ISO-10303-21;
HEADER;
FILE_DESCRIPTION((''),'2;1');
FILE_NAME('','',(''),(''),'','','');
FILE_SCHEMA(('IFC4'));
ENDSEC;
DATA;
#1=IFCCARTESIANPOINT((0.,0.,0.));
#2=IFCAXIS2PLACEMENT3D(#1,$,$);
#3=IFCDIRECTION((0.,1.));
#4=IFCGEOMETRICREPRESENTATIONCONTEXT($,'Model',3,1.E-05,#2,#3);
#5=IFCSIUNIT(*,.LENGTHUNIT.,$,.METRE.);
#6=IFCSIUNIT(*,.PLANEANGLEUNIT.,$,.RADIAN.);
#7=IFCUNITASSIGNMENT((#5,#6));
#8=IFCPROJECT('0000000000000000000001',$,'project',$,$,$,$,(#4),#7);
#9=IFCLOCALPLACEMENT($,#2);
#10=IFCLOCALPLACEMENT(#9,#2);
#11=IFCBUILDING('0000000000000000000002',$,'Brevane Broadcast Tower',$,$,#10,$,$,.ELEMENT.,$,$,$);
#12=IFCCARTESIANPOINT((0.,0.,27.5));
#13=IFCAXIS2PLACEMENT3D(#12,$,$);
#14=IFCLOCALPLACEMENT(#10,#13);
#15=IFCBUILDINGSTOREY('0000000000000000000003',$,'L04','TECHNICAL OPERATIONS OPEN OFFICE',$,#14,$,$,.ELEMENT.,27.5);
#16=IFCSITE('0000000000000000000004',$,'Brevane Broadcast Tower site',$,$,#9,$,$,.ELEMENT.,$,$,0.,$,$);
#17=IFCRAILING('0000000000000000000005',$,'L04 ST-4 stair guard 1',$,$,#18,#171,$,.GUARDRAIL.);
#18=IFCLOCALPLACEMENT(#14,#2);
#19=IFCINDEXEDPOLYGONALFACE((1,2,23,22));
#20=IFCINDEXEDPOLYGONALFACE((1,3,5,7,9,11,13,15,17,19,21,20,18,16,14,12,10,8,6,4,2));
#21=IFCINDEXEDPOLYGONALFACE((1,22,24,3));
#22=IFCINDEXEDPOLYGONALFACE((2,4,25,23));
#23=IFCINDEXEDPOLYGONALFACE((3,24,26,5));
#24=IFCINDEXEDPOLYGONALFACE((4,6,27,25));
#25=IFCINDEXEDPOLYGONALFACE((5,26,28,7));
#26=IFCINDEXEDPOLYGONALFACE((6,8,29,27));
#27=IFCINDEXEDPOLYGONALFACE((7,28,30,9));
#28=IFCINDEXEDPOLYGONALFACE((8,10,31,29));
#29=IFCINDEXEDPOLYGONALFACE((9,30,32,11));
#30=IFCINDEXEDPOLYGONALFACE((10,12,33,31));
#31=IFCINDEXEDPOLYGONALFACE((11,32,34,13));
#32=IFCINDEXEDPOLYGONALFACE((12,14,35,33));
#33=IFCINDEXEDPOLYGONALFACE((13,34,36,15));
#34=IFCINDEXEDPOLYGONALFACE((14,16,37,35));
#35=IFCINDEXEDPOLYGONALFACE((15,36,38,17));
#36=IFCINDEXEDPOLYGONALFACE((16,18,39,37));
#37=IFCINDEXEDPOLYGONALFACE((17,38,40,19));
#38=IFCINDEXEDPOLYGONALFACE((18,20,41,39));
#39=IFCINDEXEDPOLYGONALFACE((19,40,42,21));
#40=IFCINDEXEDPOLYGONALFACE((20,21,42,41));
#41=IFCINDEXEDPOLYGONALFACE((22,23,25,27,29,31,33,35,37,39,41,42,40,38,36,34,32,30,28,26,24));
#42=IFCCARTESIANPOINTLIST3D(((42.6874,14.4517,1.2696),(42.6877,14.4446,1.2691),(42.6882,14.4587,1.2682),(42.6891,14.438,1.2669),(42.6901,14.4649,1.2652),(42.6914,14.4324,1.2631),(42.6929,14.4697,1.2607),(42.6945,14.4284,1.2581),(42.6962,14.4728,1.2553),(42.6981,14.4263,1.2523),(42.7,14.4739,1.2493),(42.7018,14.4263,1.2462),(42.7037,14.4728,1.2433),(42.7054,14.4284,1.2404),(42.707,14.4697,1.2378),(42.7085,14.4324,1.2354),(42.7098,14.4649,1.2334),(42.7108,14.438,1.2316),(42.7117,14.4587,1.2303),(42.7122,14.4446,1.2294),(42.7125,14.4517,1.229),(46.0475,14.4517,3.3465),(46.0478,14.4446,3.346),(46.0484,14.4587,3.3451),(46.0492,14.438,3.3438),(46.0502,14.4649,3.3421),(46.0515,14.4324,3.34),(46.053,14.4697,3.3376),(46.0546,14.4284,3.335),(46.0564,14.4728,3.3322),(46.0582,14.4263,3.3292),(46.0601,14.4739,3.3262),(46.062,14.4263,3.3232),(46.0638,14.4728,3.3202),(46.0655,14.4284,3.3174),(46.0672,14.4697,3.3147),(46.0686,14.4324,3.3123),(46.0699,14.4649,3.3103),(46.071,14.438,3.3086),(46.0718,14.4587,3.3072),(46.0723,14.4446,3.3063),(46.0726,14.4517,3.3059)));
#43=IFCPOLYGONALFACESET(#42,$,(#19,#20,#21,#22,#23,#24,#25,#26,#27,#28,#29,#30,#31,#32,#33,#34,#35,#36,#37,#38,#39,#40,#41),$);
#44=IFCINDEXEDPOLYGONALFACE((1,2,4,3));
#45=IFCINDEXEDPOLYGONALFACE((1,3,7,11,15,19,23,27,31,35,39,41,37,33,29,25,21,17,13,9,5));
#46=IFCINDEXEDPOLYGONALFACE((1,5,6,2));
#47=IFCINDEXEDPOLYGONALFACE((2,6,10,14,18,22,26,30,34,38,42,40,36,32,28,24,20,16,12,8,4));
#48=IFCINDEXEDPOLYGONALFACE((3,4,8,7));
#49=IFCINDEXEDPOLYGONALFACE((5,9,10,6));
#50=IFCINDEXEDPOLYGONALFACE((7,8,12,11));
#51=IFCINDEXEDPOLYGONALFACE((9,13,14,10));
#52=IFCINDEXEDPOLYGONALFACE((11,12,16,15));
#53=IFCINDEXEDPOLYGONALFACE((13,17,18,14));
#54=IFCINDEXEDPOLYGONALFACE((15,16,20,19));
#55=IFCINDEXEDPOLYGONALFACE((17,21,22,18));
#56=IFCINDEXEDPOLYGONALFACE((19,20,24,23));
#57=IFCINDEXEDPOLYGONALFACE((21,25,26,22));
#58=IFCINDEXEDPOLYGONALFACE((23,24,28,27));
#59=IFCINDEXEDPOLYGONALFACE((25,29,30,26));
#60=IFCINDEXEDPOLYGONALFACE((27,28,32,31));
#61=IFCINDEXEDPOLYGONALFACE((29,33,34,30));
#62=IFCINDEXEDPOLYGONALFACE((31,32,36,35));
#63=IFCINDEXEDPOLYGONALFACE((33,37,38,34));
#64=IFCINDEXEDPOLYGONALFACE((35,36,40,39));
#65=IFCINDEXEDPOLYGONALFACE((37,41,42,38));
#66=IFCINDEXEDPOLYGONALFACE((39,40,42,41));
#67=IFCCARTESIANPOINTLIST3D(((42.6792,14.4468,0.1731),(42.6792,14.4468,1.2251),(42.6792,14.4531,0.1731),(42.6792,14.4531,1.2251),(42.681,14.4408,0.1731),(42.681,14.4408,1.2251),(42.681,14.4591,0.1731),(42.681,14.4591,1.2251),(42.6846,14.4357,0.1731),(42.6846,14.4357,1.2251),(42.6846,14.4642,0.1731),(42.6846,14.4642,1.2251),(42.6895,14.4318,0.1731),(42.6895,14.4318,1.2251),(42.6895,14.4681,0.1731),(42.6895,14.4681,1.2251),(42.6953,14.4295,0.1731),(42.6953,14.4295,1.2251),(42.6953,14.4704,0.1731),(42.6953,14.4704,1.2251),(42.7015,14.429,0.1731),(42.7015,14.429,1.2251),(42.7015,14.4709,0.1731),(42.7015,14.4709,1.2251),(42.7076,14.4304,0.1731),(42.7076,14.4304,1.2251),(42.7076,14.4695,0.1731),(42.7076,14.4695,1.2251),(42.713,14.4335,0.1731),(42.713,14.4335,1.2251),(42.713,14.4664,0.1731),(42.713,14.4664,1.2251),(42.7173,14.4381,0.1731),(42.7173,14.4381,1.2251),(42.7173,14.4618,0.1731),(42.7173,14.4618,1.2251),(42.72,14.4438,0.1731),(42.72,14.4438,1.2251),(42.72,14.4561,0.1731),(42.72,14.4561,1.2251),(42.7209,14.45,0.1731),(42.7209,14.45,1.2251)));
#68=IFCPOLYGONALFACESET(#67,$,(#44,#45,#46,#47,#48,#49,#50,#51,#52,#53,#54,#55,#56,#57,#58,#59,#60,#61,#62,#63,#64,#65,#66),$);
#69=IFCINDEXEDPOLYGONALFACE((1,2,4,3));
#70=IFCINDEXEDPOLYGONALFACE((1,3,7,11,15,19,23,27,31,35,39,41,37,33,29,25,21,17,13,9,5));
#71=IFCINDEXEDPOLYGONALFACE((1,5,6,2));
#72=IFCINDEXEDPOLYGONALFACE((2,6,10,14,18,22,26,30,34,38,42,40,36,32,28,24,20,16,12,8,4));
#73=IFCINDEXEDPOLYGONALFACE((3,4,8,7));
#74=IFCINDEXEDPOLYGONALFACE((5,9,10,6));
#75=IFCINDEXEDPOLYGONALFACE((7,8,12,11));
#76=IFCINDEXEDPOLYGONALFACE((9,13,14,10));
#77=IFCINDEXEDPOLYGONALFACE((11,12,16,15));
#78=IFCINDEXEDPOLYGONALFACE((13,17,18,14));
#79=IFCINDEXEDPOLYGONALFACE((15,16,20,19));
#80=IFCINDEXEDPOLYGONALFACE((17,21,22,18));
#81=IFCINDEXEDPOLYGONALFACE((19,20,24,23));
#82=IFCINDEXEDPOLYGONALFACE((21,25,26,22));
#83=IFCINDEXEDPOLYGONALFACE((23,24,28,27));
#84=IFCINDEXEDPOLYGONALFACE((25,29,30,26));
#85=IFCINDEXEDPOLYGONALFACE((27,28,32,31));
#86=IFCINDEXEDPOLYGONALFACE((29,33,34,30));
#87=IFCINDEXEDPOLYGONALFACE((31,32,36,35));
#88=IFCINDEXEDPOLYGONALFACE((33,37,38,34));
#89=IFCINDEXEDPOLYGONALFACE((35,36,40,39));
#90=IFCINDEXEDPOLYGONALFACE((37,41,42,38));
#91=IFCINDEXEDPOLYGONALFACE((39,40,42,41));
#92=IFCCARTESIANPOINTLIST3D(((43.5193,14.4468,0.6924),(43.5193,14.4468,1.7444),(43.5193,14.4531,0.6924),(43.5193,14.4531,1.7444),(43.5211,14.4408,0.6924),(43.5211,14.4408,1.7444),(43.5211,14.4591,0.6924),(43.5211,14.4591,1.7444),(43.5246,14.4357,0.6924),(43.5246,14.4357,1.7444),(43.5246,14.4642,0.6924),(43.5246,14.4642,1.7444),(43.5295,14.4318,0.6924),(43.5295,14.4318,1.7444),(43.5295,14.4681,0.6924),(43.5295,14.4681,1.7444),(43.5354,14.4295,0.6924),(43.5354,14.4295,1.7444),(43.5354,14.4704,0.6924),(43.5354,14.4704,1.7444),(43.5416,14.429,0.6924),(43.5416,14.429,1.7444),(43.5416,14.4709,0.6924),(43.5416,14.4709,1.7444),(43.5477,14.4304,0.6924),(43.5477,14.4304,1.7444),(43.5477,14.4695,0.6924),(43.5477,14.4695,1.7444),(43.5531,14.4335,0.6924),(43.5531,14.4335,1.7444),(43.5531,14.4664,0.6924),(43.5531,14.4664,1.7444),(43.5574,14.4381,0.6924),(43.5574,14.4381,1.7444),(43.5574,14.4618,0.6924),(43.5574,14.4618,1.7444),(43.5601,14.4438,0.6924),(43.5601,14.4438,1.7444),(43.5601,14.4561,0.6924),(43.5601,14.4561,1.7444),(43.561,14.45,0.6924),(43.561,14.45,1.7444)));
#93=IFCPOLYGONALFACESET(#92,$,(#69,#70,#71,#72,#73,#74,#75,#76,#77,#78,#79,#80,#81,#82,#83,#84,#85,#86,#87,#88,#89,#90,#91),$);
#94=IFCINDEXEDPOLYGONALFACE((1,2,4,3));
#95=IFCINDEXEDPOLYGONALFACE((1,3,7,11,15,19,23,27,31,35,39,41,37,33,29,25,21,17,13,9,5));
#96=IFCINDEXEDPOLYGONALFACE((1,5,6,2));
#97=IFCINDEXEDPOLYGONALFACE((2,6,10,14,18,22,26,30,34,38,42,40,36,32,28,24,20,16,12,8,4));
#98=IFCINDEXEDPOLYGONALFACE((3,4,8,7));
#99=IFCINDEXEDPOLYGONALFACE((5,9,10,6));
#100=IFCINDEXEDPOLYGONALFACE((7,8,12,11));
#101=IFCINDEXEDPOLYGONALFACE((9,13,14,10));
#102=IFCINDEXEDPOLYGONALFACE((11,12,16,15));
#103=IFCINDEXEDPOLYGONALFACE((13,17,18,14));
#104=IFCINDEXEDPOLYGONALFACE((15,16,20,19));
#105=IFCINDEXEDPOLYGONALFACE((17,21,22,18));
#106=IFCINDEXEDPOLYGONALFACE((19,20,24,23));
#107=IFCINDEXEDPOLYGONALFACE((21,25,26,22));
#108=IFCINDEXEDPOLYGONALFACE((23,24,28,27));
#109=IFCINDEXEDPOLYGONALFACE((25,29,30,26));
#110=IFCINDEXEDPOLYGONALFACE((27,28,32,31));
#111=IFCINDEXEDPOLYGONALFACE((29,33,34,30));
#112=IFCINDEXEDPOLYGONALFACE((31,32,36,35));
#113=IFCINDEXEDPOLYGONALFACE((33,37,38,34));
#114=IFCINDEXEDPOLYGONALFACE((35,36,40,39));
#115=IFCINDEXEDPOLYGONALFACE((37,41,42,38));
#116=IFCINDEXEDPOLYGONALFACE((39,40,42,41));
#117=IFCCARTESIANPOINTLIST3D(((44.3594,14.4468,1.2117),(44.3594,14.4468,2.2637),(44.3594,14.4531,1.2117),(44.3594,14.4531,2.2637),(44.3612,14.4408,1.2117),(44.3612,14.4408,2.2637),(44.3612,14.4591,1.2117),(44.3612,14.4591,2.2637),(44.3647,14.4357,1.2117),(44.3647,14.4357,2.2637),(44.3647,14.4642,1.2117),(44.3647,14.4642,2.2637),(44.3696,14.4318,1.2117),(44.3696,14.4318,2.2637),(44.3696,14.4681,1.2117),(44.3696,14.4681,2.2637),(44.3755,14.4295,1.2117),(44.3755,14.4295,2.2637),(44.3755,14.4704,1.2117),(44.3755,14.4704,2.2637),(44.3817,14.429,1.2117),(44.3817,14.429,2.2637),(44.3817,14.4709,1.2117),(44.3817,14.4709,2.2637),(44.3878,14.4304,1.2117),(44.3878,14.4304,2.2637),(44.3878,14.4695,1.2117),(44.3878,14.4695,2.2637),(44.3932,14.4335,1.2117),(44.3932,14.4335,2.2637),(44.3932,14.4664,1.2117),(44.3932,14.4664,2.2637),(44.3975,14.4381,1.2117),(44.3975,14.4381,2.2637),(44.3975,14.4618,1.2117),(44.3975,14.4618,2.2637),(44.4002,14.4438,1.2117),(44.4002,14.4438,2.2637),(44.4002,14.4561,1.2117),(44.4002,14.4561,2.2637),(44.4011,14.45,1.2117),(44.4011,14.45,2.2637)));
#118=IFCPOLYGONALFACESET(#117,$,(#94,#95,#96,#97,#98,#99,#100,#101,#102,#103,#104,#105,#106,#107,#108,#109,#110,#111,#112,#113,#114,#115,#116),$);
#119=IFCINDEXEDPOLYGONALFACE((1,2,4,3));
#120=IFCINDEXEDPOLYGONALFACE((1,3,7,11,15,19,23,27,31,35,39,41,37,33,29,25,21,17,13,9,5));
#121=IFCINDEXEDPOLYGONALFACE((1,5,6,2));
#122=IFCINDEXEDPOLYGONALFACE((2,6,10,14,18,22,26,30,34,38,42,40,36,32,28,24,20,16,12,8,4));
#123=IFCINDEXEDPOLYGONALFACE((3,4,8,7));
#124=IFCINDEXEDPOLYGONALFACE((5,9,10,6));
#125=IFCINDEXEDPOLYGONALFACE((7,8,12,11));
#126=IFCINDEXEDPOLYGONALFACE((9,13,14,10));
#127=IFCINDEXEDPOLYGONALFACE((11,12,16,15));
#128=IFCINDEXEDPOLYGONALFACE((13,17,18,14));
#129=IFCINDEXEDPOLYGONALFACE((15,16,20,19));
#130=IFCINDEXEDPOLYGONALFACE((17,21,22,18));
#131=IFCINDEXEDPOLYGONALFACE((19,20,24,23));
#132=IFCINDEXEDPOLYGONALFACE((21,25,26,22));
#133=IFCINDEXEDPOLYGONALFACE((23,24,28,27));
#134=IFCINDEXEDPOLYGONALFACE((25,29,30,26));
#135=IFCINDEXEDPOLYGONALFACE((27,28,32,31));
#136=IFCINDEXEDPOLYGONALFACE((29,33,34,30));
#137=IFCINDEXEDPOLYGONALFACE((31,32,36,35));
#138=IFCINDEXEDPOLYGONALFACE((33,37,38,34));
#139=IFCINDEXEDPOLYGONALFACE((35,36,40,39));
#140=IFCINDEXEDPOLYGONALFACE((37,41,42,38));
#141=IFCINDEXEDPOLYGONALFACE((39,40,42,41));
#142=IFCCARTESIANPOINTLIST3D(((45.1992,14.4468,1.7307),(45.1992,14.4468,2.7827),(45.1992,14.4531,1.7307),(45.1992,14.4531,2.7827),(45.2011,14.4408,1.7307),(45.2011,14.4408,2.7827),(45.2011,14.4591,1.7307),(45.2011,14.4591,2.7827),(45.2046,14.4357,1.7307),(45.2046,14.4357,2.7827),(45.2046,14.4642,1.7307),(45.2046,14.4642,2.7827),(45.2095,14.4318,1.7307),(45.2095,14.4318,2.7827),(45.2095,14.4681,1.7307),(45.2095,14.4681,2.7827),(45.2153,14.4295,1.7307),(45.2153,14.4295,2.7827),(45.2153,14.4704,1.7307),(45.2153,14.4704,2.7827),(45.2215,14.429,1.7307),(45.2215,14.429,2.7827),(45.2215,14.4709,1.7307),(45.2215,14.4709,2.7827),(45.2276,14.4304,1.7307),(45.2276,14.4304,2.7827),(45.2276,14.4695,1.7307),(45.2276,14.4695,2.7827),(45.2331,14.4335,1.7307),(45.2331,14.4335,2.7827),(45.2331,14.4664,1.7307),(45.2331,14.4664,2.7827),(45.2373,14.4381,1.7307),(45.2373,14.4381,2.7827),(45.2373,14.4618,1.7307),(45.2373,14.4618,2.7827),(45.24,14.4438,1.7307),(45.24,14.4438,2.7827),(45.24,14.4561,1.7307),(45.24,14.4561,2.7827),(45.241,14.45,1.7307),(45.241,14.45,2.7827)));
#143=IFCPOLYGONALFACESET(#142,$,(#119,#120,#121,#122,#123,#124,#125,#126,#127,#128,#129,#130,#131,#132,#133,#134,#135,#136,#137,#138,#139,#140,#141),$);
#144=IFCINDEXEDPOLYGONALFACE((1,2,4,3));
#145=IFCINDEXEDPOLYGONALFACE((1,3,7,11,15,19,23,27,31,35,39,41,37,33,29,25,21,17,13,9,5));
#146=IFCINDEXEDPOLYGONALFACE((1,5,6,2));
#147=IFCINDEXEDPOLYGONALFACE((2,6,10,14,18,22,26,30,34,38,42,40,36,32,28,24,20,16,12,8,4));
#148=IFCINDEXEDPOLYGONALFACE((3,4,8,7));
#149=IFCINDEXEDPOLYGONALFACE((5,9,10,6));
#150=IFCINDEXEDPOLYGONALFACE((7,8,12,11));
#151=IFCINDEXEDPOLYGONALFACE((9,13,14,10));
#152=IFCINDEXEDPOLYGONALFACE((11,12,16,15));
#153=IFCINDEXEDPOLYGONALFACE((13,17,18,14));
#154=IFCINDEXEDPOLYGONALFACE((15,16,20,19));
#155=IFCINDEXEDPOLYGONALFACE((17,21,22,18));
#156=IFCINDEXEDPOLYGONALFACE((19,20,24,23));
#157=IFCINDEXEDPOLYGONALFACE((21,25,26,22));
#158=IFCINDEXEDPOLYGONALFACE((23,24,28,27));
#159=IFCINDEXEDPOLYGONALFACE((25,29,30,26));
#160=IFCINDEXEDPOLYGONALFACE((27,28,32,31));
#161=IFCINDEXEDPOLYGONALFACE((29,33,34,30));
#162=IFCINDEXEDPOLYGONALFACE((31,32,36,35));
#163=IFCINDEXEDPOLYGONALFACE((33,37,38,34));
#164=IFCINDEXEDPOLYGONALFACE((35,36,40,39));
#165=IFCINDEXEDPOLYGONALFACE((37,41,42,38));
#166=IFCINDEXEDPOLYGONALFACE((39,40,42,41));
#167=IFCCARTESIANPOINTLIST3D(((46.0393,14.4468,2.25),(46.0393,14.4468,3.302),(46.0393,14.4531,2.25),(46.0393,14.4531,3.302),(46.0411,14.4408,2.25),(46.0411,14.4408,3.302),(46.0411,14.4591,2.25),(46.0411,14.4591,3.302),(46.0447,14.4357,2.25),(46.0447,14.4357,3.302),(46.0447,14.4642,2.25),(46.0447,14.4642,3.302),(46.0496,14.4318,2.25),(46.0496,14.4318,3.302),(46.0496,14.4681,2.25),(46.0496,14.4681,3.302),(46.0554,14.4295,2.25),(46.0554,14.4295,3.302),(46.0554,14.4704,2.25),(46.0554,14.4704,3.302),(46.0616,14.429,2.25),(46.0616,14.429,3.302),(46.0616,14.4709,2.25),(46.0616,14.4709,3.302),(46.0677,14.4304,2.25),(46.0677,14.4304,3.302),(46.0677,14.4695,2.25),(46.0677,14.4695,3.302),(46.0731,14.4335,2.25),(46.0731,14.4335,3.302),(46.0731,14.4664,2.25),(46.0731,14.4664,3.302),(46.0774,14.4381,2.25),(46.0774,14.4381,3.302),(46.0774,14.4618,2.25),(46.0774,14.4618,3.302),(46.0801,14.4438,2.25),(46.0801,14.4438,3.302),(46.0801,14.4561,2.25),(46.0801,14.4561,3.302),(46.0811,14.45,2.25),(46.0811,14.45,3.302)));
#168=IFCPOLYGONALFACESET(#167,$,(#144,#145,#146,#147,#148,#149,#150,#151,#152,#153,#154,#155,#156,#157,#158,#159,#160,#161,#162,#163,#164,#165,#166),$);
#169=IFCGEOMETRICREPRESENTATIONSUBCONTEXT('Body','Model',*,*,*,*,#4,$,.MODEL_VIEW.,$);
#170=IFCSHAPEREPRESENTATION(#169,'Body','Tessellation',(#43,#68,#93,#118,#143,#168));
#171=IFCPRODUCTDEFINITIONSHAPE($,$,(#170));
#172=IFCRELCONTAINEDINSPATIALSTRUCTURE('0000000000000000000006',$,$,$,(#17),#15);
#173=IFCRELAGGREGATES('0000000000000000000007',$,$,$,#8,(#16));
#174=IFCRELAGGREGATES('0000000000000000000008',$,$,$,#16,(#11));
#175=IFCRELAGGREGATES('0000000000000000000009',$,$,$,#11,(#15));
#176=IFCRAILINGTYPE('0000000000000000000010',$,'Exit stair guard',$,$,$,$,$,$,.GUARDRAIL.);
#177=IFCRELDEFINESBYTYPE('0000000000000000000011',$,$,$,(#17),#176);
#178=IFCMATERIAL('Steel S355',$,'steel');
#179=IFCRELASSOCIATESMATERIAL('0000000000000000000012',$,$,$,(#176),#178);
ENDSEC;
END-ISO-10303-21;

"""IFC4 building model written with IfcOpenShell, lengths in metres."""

from ifc_helpers import new_model, si_unit, direction, frame, origin, origin_2d, place, context, subcontext, project, spatial, circle, extrude, material, type_object, element, save


model = new_model("IFC4")

# Units and contexts
model_context = context("Model", 3, precision=1e-05, world=origin(), true_north=direction((0.0, 1.0)))
body_context = subcontext(model_context, "Body", "Model", "MODEL_VIEW")
ifc_project = project(units=[si_unit("LENGTHUNIT", "METRE"), si_unit("PLANEANGLEUNIT", "RADIAN")], contexts=[model_context])

# Site, building, storey
site_placement = place(None, origin())
site = spatial("IfcSite", under=ifc_project, at=site_placement, Name="Brevane Broadcast Tower site", CompositionType="ELEMENT", RefElevation=0.0)
building_placement = place(site_placement, origin())
building = spatial("IfcBuilding", under=site, at=building_placement, Name="Brevane Broadcast Tower", CompositionType="ELEMENT")
storey_placement = place(building_placement, frame((0.0, 0.0, 27.5)))
storey = spatial("IfcBuildingStorey", under=building, at=storey_placement, Name="L04", Description="TECHNICAL OPERATIONS OPEN OFFICE", CompositionType="ELEMENT", Elevation=27.5)

# Railing
ifc_material_1 = material(Name="Steel S355", Category="steel")
railing_type_1 = type_object("IfcRailingType", Name="Exit stair guard", PredefinedType="GUARDRAIL", material=ifc_material_1)
railing_1_placement = place(storey_placement, frame((42.7, 14.45, 0.1731)))
element("IfcRailing", 1, at=railing_1_placement, inside=storey, type_object=railing_type_1, Name="L04 ST-4 stair guard 1", PredefinedType="GUARDRAIL", context=body_context, shape_type="SweptSolid", body=[
    extrude(circle(Radius=0.0239, at=origin_2d()), frame((0.0, 0.0, 1.0762), z_axis=(0.850623, 0.0, 0.525776), x_axis=(0.0, 1.0, 0.0)), (0.0, 0.0, 1.0), 3.9502),
    extrude(circle(Radius=0.021, at=origin_2d()), origin(), (0.0, 0.0, 1.0), 1.052),
    extrude(circle(Radius=0.021, at=origin_2d()), frame((0.8401, 0.0, 0.5193)), (0.0, 0.0, 1.0), 1.052),
    extrude(circle(Radius=0.021, at=origin_2d()), frame((1.6802, 0.0, 1.0386)), (0.0, 0.0, 1.0), 1.052),
    extrude(circle(Radius=0.021, at=origin_2d()), frame((2.52, 0.0, 1.5576)), (0.0, 0.0, 1.0), 1.052),
    extrude(circle(Radius=0.021, at=origin_2d()), frame((3.3601, 0.0, 2.0769)), (0.0, 0.0, 1.0), 1.052),
])

save(model, "model.ifc")
